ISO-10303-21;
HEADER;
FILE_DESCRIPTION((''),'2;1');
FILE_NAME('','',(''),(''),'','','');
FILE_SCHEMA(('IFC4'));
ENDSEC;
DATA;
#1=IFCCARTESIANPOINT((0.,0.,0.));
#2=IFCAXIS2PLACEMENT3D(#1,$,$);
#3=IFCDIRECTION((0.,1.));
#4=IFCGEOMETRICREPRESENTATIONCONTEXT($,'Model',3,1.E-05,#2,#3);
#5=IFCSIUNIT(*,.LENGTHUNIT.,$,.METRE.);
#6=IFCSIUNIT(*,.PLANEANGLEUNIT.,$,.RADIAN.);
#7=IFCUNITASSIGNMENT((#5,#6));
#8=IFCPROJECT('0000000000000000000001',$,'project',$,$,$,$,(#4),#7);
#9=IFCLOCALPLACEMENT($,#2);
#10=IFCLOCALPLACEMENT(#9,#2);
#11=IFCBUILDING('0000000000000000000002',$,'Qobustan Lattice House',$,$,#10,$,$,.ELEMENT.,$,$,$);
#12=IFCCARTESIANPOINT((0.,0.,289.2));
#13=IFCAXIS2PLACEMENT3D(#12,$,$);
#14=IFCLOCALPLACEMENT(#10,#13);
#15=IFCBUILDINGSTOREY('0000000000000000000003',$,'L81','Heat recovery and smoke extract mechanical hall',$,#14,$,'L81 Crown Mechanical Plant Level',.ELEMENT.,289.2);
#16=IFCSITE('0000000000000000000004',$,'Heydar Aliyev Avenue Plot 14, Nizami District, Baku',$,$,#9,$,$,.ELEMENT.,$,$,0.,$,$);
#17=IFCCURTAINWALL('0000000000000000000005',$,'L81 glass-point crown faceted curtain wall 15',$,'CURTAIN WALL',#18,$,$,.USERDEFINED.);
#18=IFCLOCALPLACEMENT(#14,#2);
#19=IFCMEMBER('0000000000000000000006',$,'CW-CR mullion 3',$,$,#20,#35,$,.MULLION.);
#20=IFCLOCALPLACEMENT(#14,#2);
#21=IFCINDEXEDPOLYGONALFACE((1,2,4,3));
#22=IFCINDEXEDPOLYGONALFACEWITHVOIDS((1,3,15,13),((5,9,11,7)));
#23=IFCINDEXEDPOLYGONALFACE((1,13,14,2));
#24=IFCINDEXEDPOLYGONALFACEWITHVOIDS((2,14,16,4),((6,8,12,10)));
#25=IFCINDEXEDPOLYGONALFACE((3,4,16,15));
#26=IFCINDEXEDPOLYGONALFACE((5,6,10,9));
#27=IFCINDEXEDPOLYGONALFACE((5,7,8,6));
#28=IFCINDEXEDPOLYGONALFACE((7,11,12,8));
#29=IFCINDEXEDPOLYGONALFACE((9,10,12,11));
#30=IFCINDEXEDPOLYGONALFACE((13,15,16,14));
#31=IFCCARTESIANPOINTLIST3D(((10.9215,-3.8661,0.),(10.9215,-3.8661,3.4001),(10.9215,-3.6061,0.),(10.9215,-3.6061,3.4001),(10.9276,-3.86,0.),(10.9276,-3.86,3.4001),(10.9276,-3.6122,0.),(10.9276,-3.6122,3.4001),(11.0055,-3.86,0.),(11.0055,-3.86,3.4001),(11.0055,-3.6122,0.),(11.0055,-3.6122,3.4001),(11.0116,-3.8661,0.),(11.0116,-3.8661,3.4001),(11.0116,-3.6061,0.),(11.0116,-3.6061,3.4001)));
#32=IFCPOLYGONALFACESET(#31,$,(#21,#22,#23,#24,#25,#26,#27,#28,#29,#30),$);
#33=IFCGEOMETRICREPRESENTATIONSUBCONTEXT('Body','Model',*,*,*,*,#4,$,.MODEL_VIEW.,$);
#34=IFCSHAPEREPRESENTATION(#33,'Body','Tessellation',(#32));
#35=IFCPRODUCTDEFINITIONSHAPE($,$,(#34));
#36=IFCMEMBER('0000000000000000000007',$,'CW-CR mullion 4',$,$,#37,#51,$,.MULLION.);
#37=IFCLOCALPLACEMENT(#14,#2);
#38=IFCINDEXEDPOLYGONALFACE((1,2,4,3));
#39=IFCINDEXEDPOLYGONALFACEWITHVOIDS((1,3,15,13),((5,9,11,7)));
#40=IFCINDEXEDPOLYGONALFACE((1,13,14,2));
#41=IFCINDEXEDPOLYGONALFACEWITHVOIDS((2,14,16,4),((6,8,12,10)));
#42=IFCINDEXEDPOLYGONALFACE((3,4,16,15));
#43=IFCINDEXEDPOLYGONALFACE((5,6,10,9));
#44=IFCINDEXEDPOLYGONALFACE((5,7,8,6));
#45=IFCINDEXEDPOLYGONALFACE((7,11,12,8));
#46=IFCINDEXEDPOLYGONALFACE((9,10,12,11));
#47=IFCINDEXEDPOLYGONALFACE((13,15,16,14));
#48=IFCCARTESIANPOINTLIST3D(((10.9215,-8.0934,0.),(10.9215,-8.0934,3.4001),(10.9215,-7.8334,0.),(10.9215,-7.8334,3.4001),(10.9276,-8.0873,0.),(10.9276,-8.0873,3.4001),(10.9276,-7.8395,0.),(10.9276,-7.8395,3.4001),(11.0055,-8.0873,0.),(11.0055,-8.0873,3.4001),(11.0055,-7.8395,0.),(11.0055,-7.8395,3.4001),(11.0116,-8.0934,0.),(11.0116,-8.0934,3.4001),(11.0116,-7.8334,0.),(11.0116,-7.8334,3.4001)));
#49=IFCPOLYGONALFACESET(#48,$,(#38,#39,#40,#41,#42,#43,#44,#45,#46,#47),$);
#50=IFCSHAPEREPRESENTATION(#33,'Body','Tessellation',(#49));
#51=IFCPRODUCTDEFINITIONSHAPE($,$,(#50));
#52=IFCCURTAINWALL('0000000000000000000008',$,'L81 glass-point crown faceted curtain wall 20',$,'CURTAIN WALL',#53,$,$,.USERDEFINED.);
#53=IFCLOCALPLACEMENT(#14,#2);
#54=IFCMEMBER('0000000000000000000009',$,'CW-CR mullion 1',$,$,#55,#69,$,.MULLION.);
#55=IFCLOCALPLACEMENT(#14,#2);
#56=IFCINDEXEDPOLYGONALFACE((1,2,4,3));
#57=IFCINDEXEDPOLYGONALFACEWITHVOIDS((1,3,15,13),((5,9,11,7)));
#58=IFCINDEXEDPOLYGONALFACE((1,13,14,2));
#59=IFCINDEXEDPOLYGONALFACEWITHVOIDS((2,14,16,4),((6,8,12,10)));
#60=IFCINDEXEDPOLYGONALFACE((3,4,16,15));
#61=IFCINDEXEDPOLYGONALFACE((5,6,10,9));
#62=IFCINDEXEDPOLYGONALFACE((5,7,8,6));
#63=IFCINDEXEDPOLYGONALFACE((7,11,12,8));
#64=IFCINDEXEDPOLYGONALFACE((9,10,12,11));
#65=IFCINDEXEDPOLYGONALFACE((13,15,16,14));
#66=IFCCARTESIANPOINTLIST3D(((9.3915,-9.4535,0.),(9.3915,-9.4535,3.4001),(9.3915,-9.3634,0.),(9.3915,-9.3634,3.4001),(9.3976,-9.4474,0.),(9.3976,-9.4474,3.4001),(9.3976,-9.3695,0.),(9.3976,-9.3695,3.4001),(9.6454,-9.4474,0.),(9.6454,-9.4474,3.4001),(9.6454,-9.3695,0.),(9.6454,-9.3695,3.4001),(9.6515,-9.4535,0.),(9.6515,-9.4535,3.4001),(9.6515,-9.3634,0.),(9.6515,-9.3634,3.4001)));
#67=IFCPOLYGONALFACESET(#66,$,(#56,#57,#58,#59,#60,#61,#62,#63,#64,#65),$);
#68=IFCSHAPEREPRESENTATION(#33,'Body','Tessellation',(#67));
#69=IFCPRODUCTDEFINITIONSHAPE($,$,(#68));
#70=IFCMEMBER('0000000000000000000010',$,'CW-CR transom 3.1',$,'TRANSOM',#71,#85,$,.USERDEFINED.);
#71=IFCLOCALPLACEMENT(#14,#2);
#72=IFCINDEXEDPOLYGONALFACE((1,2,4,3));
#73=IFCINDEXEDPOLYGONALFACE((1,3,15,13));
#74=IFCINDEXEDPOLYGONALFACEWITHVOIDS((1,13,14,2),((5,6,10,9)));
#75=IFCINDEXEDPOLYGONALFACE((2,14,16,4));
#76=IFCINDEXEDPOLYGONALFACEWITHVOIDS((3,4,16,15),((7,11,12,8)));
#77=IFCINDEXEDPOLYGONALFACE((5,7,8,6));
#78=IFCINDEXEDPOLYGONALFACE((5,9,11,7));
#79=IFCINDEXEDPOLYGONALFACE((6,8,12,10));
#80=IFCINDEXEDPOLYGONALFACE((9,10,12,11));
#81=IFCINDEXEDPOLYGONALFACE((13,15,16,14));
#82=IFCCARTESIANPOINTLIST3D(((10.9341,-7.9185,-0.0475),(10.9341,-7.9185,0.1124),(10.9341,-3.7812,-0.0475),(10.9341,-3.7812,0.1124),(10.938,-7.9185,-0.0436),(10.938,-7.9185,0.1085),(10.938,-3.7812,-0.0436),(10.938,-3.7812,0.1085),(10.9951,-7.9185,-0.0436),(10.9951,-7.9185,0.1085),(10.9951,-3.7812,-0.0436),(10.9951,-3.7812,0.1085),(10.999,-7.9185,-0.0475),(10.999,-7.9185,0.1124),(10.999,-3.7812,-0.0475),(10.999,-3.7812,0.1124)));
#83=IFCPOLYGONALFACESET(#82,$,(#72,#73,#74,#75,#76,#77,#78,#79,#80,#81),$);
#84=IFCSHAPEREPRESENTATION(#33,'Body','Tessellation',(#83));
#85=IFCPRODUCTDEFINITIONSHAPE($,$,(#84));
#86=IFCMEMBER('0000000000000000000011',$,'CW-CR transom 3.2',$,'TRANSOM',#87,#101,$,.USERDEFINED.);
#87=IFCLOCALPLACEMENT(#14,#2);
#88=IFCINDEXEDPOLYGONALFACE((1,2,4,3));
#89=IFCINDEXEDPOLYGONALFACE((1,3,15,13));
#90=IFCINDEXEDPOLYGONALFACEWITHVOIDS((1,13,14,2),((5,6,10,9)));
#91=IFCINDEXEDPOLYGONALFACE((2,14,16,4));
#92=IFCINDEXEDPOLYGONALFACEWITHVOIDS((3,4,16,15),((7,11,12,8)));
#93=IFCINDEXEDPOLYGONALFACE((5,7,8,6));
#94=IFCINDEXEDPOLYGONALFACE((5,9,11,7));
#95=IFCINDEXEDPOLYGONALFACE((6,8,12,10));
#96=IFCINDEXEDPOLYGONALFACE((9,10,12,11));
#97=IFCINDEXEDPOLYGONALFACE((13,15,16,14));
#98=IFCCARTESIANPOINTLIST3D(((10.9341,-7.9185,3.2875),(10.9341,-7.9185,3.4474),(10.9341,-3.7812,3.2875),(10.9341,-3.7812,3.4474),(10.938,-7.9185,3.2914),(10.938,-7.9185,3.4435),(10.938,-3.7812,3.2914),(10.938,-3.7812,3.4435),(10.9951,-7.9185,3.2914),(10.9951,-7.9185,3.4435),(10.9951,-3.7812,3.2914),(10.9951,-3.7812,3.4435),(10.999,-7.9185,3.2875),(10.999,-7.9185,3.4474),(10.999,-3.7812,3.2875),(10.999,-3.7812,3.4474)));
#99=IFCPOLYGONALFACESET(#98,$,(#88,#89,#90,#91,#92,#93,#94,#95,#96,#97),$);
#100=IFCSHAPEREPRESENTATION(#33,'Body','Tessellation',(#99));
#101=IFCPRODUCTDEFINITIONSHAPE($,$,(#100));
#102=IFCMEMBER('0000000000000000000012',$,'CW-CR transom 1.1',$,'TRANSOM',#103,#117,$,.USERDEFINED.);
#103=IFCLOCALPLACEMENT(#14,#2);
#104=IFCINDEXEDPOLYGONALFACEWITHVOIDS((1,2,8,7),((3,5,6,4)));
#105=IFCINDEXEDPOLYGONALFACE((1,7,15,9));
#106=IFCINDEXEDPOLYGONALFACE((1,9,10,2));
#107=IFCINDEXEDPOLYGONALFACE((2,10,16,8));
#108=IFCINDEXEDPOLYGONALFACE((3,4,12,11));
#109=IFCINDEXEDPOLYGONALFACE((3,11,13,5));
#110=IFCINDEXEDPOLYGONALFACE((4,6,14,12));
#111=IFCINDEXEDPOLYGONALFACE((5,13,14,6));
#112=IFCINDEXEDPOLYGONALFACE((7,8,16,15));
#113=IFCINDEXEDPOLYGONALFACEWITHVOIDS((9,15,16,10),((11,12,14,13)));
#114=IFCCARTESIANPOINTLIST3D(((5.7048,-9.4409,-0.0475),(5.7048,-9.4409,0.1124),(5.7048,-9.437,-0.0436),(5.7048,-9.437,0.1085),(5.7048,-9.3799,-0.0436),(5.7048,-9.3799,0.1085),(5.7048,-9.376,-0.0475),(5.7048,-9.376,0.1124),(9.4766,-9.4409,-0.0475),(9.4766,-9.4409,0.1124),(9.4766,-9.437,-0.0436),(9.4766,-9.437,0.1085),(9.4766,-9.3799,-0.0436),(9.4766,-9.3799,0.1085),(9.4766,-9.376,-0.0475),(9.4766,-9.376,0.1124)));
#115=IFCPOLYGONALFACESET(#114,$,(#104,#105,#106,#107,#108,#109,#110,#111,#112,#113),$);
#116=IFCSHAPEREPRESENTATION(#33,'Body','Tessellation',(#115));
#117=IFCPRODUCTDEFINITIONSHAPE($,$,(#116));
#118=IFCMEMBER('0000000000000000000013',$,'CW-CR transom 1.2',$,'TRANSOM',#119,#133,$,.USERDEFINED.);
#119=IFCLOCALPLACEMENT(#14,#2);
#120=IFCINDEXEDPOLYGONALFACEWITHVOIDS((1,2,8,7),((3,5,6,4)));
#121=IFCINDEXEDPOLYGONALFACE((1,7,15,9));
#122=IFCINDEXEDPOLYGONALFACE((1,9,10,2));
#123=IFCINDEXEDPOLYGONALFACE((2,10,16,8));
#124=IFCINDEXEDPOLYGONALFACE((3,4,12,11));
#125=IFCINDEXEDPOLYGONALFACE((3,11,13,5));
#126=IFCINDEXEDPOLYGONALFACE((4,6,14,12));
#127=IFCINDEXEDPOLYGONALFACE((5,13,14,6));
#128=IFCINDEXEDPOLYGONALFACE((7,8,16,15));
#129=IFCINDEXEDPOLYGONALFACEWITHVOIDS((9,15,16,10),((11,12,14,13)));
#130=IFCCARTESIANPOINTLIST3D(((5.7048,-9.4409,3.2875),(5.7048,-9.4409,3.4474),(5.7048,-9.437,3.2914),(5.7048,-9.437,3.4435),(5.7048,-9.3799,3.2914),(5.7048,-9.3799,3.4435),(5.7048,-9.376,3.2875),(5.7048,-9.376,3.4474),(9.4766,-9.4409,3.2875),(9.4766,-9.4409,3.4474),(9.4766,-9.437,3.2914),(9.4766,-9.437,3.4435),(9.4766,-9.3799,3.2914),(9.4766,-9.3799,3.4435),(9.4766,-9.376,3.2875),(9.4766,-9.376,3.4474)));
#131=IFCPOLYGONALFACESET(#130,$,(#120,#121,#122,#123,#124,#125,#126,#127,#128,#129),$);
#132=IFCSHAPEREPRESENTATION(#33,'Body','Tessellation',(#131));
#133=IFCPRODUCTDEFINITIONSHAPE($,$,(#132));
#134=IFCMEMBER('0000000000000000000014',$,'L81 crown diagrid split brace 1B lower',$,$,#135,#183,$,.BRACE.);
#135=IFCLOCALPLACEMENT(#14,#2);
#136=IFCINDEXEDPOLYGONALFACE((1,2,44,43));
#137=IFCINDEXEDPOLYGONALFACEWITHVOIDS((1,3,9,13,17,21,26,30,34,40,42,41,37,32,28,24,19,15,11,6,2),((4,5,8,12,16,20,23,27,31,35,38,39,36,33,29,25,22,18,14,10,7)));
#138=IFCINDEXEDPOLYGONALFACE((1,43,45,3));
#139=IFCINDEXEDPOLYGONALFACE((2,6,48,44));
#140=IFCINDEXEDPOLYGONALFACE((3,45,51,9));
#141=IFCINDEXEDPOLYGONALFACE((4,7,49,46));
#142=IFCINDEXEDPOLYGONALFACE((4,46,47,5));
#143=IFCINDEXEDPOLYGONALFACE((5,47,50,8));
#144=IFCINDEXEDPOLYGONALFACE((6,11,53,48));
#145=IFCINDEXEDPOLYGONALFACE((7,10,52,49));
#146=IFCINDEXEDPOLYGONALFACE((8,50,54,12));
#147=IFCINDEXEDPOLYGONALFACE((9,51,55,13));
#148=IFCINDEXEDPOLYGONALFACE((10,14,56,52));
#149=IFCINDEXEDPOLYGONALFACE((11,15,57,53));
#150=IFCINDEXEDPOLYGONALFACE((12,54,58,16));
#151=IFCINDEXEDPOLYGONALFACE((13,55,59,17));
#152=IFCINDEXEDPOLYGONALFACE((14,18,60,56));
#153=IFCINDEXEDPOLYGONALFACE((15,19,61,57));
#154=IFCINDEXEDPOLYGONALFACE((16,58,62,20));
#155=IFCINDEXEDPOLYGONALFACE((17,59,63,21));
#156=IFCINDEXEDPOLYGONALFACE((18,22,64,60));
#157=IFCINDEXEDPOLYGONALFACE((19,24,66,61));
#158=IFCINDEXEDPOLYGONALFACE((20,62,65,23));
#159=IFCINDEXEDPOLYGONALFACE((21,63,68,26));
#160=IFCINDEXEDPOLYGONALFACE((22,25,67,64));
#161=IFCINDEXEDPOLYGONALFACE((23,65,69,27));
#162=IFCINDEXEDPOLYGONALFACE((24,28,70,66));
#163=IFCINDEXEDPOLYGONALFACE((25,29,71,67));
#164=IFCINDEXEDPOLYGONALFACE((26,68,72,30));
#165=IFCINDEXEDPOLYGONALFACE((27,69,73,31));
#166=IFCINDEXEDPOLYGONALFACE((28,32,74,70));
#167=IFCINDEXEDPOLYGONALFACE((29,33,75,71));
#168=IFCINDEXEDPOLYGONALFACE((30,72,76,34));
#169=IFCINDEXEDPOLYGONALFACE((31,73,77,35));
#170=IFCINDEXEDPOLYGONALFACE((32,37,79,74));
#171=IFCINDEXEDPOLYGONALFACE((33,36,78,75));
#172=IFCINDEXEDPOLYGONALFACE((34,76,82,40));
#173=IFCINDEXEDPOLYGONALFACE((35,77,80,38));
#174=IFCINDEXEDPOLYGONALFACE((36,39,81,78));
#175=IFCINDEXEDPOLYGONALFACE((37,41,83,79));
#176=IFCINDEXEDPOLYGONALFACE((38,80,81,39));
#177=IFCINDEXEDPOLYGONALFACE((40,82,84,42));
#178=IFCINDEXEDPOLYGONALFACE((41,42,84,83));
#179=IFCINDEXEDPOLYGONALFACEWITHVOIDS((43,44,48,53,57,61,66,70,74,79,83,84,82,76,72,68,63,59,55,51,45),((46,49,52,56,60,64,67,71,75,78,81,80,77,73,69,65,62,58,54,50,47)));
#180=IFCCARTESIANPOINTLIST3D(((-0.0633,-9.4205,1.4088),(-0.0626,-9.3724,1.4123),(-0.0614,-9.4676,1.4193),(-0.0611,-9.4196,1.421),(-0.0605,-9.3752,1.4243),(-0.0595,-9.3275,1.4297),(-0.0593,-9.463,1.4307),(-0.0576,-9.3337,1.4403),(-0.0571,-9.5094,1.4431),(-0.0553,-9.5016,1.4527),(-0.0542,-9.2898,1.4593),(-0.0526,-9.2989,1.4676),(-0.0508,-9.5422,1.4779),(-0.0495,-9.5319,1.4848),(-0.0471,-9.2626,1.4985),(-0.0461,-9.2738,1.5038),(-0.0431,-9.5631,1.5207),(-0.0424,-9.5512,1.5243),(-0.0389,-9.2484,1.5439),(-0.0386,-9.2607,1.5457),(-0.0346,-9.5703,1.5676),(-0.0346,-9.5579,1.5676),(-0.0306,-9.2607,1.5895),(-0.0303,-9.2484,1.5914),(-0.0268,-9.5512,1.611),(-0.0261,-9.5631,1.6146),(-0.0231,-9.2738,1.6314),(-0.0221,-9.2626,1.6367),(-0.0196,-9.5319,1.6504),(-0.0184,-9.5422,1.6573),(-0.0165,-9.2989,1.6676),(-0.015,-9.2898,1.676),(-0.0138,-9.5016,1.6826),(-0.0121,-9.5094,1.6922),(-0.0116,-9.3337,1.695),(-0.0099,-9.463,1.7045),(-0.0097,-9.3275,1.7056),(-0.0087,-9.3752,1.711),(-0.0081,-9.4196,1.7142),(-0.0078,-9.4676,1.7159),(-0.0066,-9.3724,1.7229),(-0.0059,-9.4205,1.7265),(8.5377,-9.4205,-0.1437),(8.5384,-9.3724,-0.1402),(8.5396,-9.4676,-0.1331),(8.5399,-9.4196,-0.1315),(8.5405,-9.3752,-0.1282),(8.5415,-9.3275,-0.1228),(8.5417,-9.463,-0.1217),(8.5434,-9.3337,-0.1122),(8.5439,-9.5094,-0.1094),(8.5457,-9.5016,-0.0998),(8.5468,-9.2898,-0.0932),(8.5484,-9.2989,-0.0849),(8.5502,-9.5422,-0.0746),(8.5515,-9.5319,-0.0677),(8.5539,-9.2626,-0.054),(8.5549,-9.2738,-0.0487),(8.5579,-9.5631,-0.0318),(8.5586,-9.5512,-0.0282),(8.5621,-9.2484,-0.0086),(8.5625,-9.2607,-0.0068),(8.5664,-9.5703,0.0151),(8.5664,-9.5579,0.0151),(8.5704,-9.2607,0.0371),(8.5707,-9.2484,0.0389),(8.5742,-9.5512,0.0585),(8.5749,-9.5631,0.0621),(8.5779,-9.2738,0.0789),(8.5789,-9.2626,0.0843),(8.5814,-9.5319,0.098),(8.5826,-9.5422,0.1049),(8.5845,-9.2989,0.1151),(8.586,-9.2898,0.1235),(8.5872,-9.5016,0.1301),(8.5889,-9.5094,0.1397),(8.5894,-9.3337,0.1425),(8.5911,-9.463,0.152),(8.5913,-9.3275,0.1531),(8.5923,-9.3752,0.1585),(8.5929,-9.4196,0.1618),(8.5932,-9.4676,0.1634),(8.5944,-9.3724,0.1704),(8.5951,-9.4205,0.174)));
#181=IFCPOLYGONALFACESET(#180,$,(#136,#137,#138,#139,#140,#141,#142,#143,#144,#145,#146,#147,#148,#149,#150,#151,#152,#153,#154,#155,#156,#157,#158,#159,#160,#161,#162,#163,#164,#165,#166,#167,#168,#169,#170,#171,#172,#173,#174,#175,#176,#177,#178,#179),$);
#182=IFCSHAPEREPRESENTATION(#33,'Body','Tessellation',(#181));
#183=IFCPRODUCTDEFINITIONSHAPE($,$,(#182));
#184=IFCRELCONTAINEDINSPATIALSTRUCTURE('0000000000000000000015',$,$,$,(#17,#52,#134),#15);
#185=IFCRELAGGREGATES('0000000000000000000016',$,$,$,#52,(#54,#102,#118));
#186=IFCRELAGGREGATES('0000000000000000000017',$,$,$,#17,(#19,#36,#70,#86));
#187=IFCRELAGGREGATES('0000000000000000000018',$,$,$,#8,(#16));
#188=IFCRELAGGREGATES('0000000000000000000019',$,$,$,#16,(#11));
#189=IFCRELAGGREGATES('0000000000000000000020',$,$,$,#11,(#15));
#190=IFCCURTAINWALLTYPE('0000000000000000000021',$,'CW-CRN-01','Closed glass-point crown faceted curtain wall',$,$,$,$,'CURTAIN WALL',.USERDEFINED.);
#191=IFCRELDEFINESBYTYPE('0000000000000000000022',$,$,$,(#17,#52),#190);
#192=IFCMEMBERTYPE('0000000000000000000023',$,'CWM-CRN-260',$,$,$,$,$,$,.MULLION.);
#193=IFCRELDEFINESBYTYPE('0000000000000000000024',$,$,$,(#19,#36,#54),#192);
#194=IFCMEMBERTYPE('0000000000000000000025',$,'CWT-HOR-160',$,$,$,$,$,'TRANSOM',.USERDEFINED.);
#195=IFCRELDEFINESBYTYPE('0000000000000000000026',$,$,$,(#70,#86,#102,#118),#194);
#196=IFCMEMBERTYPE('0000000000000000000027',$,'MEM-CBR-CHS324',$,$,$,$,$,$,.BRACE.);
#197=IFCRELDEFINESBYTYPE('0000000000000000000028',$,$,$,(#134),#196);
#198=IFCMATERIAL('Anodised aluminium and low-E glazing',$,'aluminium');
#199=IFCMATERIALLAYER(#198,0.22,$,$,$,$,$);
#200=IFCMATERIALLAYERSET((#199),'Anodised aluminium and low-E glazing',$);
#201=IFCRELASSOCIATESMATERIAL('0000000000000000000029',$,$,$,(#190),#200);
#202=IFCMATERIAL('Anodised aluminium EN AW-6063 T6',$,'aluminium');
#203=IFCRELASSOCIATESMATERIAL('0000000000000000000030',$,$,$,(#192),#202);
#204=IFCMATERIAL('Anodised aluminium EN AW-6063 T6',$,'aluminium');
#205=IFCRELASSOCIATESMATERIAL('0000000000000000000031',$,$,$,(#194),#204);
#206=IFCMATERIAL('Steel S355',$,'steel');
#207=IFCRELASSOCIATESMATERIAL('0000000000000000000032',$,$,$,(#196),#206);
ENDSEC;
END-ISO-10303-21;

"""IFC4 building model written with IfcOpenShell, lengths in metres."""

from ifc_helpers import new_model, si_unit, direction, frame, origin, origin_2d, place, context, subcontext, project, spatial, hollow_rectangle, hollow_circle, extrude, material, layer, layer_set, material_profile, profile_set, type_object, element, aggregate, save


model = new_model("IFC4")

# Units and contexts
model_context = context("Model", 3, precision=1e-05, world=origin(), true_north=direction((0.0, 1.0)))
body_context = subcontext(model_context, "Body", "Model", "MODEL_VIEW")
ifc_project = project(units=[si_unit("LENGTHUNIT", "METRE"), si_unit("PLANEANGLEUNIT", "RADIAN")], contexts=[model_context])

# Site, building, storey
site_placement = place(None, origin())
site = spatial("IfcSite", under=ifc_project, at=site_placement, Name="Heydar Aliyev Avenue Plot 14, Nizami District, Baku", CompositionType="ELEMENT", RefElevation=0.0)
building_placement = place(site_placement, origin())
building = spatial("IfcBuilding", under=site, at=building_placement, Name="Qobustan Lattice House", CompositionType="ELEMENT")
storey_placement = place(building_placement, frame((0.0, 0.0, 289.2)))
storey = spatial("IfcBuildingStorey", under=building, at=storey_placement, Name="L81", Description="Heat recovery and smoke extract mechanical hall", LongName="L81 Crown Mechanical Plant Level", CompositionType="ELEMENT", Elevation=289.2)

# Curtain wall, members
ifc_material_1 = material(Name="Anodised aluminium and low-E glazing", Category="aluminium")
ifc_layer_1 = layer(ifc_material_1, 0.22)
ifc_layer_set_1 = layer_set([ifc_layer_1], Name="Anodised aluminium and low-E glazing")
curtain_wall_type = type_object("IfcCurtainWallType", Name="CW-CRN-01", Description="Closed glass-point crown faceted curtain wall", ElementType="CURTAIN WALL", PredefinedType="USERDEFINED", material=ifc_layer_set_1)
curtain_wall_1_placement = place(storey_placement, origin())
curtain_wall_1 = element("IfcCurtainWall", 1, at=curtain_wall_1_placement, inside=storey, type_object=curtain_wall_type, Name="L81 glass-point crown faceted curtain wall 15", ObjectType="CURTAIN WALL", PredefinedType="USERDEFINED")
ifc_material_2 = material(Name="Anodised aluminium EN AW-6063 T6", Category="aluminium")
ifc_material_profile_1 = material_profile(ifc_material_2, hollow_rectangle(XDim=0.0901, YDim=0.26, WallThickness=0.0061, at=origin_2d()), Name="CWM-CROWN-260x90")
ifc_profile_set_1 = profile_set([ifc_material_profile_1], Name="Anodised aluminium EN AW-6063 T6")
member_type_1 = type_object("IfcMemberType", Name="CWM-CRN-260", PredefinedType="MULLION", material=ifc_profile_set_1)
member_1_placement = place(storey_placement, frame((10.9666, -3.7361, 0.0), z_axis=(0.0, 0.0, 1.0), x_axis=(1.0, 0.0, 0.0)))
member_1 = element("IfcMember", 2, at=member_1_placement, type_object=member_type_1, Name="CW-CR mullion 3", PredefinedType="MULLION", context=body_context, shape_type="SweptSolid", body=[
    extrude(hollow_rectangle(XDim=0.0901, YDim=0.26, WallThickness=0.0061, at=origin_2d()), origin(), (0.0, 0.0, 1.0), 3.4001),
])
member_2_placement = place(storey_placement, frame((10.9666, -7.9634, 0.0), z_axis=(0.0, 0.0, 1.0), x_axis=(1.0, 0.0, 0.0)))
member_2 = element("IfcMember", 3, at=member_2_placement, type_object=member_type_1, Name="CW-CR mullion 4", PredefinedType="MULLION", context=body_context, shape_type="SweptSolid", body=[
    extrude(hollow_rectangle(XDim=0.0901, YDim=0.26, WallThickness=0.0061, at=origin_2d()), origin(), (0.0, 0.0, 1.0), 3.4001),
])

# Curtain wall, member
curtain_wall_2_placement = place(storey_placement, origin())
curtain_wall_2 = element("IfcCurtainWall", 4, at=curtain_wall_2_placement, inside=storey, type_object=curtain_wall_type, Name="L81 glass-point crown faceted curtain wall 20", ObjectType="CURTAIN WALL", PredefinedType="USERDEFINED")
member_3_placement = place(storey_placement, frame((9.5215, -9.4084, 0.0), z_axis=(0.0, 0.0, 1.0), x_axis=(0.0, -1.0, 0.0)))
member_3 = element("IfcMember", 5, at=member_3_placement, type_object=member_type_1, Name="CW-CR mullion 1", PredefinedType="MULLION", context=body_context, shape_type="SweptSolid", body=[
    extrude(hollow_rectangle(XDim=0.0901, YDim=0.26, WallThickness=0.0061, at=origin_2d()), origin(), (0.0, 0.0, 1.0), 3.4001),
])

# Members
ifc_material_3 = material(Name="Anodised aluminium EN AW-6063 T6", Category="aluminium")
ifc_material_profile_2 = material_profile(ifc_material_3, hollow_rectangle(XDim=0.0649, YDim=0.1599, WallThickness=0.0039, at=origin_2d()), Name="CWT-160x65")
ifc_profile_set_2 = profile_set([ifc_material_profile_2], Name="Anodised aluminium EN AW-6063 T6")
member_type_2 = type_object("IfcMemberType", Name="CWT-HOR-160", ElementType="TRANSOM", PredefinedType="USERDEFINED", material=ifc_profile_set_2)
member_4_placement = place(storey_placement, frame((10.9666, -3.7812, 0.0325), z_axis=(0.0, -1.0, 0.0), x_axis=(1.0, 0.0, 0.0)))
member_4 = element("IfcMember", 6, at=member_4_placement, type_object=member_type_2, Name="CW-CR transom 3.1", ObjectType="TRANSOM", PredefinedType="USERDEFINED", context=body_context, shape_type="SweptSolid", body=[
    extrude(hollow_rectangle(XDim=0.0649, YDim=0.1599, WallThickness=0.0039, at=origin_2d()), origin(), (0.0, 0.0, 1.0), 4.1372),
])
member_5_placement = place(storey_placement, frame((10.9666, -3.7812, 3.3674), z_axis=(0.0, -1.0, 0.0), x_axis=(1.0, 0.0, 0.0)))
member_5 = element("IfcMember", 7, at=member_5_placement, type_object=member_type_2, Name="CW-CR transom 3.2", ObjectType="TRANSOM", PredefinedType="USERDEFINED", context=body_context, shape_type="SweptSolid", body=[
    extrude(hollow_rectangle(XDim=0.0649, YDim=0.1599, WallThickness=0.0039, at=origin_2d()), origin(), (0.0, 0.0, 1.0), 4.1372),
])
member_6_placement = place(storey_placement, frame((9.4766, -9.4084, 0.0325), z_axis=(-1.0, 0.0, 0.0), x_axis=(0.0, -1.0, 0.0)))
member_6 = element("IfcMember", 8, at=member_6_placement, type_object=member_type_2, Name="CW-CR transom 1.1", ObjectType="TRANSOM", PredefinedType="USERDEFINED", context=body_context, shape_type="SweptSolid", body=[
    extrude(hollow_rectangle(XDim=0.0649, YDim=0.1599, WallThickness=0.0039, at=origin_2d()), origin(), (0.0, 0.0, 1.0), 3.7717),
])
member_7_placement = place(storey_placement, frame((9.4766, -9.4084, 3.3674), z_axis=(-1.0, 0.0, 0.0), x_axis=(0.0, -1.0, 0.0)))
member_7 = element("IfcMember", 9, at=member_7_placement, type_object=member_type_2, Name="CW-CR transom 1.2", ObjectType="TRANSOM", PredefinedType="USERDEFINED", context=body_context, shape_type="SweptSolid", body=[
    extrude(hollow_rectangle(XDim=0.0649, YDim=0.1599, WallThickness=0.0039, at=origin_2d()), origin(), (0.0, 0.0, 1.0), 3.7717),
])
aggregate(curtain_wall_2, [member_3, member_6, member_7])

# Member
ifc_material_4 = material(Name="Steel S355", Category="steel")
ifc_material_profile_3 = material_profile(ifc_material_4, hollow_circle(Radius=0.1619, WallThickness=0.0125, at=origin_2d()), Name="CHS323.9x12.5")
ifc_profile_set_3 = profile_set([ifc_material_profile_3], Name="Steel S355")
member_type_3 = type_object("IfcMemberType", Name="MEM-CBR-CHS324", PredefinedType="BRACE", material=ifc_profile_set_3)
member_8_placement = place(storey_placement, frame((8.5664, -9.4084, 0.0151), z_axis=(-0.984097, 0.0, 0.177629), x_axis=(0.0, -1.0, 0.0)))
element("IfcMember", 10, at=member_8_placement, inside=storey, type_object=member_type_3, Name="L81 crown diagrid split brace 1B lower", PredefinedType="BRACE", context=body_context, shape_type="SweptSolid", body=[
    extrude(hollow_circle(Radius=0.1619, WallThickness=0.0125, at=origin_2d()), origin(), (0.0, 0.0, 1.0), 8.74),
])

aggregate(curtain_wall_1, [member_1, member_2, member_4, member_5])

save(model, "model.ifc")
